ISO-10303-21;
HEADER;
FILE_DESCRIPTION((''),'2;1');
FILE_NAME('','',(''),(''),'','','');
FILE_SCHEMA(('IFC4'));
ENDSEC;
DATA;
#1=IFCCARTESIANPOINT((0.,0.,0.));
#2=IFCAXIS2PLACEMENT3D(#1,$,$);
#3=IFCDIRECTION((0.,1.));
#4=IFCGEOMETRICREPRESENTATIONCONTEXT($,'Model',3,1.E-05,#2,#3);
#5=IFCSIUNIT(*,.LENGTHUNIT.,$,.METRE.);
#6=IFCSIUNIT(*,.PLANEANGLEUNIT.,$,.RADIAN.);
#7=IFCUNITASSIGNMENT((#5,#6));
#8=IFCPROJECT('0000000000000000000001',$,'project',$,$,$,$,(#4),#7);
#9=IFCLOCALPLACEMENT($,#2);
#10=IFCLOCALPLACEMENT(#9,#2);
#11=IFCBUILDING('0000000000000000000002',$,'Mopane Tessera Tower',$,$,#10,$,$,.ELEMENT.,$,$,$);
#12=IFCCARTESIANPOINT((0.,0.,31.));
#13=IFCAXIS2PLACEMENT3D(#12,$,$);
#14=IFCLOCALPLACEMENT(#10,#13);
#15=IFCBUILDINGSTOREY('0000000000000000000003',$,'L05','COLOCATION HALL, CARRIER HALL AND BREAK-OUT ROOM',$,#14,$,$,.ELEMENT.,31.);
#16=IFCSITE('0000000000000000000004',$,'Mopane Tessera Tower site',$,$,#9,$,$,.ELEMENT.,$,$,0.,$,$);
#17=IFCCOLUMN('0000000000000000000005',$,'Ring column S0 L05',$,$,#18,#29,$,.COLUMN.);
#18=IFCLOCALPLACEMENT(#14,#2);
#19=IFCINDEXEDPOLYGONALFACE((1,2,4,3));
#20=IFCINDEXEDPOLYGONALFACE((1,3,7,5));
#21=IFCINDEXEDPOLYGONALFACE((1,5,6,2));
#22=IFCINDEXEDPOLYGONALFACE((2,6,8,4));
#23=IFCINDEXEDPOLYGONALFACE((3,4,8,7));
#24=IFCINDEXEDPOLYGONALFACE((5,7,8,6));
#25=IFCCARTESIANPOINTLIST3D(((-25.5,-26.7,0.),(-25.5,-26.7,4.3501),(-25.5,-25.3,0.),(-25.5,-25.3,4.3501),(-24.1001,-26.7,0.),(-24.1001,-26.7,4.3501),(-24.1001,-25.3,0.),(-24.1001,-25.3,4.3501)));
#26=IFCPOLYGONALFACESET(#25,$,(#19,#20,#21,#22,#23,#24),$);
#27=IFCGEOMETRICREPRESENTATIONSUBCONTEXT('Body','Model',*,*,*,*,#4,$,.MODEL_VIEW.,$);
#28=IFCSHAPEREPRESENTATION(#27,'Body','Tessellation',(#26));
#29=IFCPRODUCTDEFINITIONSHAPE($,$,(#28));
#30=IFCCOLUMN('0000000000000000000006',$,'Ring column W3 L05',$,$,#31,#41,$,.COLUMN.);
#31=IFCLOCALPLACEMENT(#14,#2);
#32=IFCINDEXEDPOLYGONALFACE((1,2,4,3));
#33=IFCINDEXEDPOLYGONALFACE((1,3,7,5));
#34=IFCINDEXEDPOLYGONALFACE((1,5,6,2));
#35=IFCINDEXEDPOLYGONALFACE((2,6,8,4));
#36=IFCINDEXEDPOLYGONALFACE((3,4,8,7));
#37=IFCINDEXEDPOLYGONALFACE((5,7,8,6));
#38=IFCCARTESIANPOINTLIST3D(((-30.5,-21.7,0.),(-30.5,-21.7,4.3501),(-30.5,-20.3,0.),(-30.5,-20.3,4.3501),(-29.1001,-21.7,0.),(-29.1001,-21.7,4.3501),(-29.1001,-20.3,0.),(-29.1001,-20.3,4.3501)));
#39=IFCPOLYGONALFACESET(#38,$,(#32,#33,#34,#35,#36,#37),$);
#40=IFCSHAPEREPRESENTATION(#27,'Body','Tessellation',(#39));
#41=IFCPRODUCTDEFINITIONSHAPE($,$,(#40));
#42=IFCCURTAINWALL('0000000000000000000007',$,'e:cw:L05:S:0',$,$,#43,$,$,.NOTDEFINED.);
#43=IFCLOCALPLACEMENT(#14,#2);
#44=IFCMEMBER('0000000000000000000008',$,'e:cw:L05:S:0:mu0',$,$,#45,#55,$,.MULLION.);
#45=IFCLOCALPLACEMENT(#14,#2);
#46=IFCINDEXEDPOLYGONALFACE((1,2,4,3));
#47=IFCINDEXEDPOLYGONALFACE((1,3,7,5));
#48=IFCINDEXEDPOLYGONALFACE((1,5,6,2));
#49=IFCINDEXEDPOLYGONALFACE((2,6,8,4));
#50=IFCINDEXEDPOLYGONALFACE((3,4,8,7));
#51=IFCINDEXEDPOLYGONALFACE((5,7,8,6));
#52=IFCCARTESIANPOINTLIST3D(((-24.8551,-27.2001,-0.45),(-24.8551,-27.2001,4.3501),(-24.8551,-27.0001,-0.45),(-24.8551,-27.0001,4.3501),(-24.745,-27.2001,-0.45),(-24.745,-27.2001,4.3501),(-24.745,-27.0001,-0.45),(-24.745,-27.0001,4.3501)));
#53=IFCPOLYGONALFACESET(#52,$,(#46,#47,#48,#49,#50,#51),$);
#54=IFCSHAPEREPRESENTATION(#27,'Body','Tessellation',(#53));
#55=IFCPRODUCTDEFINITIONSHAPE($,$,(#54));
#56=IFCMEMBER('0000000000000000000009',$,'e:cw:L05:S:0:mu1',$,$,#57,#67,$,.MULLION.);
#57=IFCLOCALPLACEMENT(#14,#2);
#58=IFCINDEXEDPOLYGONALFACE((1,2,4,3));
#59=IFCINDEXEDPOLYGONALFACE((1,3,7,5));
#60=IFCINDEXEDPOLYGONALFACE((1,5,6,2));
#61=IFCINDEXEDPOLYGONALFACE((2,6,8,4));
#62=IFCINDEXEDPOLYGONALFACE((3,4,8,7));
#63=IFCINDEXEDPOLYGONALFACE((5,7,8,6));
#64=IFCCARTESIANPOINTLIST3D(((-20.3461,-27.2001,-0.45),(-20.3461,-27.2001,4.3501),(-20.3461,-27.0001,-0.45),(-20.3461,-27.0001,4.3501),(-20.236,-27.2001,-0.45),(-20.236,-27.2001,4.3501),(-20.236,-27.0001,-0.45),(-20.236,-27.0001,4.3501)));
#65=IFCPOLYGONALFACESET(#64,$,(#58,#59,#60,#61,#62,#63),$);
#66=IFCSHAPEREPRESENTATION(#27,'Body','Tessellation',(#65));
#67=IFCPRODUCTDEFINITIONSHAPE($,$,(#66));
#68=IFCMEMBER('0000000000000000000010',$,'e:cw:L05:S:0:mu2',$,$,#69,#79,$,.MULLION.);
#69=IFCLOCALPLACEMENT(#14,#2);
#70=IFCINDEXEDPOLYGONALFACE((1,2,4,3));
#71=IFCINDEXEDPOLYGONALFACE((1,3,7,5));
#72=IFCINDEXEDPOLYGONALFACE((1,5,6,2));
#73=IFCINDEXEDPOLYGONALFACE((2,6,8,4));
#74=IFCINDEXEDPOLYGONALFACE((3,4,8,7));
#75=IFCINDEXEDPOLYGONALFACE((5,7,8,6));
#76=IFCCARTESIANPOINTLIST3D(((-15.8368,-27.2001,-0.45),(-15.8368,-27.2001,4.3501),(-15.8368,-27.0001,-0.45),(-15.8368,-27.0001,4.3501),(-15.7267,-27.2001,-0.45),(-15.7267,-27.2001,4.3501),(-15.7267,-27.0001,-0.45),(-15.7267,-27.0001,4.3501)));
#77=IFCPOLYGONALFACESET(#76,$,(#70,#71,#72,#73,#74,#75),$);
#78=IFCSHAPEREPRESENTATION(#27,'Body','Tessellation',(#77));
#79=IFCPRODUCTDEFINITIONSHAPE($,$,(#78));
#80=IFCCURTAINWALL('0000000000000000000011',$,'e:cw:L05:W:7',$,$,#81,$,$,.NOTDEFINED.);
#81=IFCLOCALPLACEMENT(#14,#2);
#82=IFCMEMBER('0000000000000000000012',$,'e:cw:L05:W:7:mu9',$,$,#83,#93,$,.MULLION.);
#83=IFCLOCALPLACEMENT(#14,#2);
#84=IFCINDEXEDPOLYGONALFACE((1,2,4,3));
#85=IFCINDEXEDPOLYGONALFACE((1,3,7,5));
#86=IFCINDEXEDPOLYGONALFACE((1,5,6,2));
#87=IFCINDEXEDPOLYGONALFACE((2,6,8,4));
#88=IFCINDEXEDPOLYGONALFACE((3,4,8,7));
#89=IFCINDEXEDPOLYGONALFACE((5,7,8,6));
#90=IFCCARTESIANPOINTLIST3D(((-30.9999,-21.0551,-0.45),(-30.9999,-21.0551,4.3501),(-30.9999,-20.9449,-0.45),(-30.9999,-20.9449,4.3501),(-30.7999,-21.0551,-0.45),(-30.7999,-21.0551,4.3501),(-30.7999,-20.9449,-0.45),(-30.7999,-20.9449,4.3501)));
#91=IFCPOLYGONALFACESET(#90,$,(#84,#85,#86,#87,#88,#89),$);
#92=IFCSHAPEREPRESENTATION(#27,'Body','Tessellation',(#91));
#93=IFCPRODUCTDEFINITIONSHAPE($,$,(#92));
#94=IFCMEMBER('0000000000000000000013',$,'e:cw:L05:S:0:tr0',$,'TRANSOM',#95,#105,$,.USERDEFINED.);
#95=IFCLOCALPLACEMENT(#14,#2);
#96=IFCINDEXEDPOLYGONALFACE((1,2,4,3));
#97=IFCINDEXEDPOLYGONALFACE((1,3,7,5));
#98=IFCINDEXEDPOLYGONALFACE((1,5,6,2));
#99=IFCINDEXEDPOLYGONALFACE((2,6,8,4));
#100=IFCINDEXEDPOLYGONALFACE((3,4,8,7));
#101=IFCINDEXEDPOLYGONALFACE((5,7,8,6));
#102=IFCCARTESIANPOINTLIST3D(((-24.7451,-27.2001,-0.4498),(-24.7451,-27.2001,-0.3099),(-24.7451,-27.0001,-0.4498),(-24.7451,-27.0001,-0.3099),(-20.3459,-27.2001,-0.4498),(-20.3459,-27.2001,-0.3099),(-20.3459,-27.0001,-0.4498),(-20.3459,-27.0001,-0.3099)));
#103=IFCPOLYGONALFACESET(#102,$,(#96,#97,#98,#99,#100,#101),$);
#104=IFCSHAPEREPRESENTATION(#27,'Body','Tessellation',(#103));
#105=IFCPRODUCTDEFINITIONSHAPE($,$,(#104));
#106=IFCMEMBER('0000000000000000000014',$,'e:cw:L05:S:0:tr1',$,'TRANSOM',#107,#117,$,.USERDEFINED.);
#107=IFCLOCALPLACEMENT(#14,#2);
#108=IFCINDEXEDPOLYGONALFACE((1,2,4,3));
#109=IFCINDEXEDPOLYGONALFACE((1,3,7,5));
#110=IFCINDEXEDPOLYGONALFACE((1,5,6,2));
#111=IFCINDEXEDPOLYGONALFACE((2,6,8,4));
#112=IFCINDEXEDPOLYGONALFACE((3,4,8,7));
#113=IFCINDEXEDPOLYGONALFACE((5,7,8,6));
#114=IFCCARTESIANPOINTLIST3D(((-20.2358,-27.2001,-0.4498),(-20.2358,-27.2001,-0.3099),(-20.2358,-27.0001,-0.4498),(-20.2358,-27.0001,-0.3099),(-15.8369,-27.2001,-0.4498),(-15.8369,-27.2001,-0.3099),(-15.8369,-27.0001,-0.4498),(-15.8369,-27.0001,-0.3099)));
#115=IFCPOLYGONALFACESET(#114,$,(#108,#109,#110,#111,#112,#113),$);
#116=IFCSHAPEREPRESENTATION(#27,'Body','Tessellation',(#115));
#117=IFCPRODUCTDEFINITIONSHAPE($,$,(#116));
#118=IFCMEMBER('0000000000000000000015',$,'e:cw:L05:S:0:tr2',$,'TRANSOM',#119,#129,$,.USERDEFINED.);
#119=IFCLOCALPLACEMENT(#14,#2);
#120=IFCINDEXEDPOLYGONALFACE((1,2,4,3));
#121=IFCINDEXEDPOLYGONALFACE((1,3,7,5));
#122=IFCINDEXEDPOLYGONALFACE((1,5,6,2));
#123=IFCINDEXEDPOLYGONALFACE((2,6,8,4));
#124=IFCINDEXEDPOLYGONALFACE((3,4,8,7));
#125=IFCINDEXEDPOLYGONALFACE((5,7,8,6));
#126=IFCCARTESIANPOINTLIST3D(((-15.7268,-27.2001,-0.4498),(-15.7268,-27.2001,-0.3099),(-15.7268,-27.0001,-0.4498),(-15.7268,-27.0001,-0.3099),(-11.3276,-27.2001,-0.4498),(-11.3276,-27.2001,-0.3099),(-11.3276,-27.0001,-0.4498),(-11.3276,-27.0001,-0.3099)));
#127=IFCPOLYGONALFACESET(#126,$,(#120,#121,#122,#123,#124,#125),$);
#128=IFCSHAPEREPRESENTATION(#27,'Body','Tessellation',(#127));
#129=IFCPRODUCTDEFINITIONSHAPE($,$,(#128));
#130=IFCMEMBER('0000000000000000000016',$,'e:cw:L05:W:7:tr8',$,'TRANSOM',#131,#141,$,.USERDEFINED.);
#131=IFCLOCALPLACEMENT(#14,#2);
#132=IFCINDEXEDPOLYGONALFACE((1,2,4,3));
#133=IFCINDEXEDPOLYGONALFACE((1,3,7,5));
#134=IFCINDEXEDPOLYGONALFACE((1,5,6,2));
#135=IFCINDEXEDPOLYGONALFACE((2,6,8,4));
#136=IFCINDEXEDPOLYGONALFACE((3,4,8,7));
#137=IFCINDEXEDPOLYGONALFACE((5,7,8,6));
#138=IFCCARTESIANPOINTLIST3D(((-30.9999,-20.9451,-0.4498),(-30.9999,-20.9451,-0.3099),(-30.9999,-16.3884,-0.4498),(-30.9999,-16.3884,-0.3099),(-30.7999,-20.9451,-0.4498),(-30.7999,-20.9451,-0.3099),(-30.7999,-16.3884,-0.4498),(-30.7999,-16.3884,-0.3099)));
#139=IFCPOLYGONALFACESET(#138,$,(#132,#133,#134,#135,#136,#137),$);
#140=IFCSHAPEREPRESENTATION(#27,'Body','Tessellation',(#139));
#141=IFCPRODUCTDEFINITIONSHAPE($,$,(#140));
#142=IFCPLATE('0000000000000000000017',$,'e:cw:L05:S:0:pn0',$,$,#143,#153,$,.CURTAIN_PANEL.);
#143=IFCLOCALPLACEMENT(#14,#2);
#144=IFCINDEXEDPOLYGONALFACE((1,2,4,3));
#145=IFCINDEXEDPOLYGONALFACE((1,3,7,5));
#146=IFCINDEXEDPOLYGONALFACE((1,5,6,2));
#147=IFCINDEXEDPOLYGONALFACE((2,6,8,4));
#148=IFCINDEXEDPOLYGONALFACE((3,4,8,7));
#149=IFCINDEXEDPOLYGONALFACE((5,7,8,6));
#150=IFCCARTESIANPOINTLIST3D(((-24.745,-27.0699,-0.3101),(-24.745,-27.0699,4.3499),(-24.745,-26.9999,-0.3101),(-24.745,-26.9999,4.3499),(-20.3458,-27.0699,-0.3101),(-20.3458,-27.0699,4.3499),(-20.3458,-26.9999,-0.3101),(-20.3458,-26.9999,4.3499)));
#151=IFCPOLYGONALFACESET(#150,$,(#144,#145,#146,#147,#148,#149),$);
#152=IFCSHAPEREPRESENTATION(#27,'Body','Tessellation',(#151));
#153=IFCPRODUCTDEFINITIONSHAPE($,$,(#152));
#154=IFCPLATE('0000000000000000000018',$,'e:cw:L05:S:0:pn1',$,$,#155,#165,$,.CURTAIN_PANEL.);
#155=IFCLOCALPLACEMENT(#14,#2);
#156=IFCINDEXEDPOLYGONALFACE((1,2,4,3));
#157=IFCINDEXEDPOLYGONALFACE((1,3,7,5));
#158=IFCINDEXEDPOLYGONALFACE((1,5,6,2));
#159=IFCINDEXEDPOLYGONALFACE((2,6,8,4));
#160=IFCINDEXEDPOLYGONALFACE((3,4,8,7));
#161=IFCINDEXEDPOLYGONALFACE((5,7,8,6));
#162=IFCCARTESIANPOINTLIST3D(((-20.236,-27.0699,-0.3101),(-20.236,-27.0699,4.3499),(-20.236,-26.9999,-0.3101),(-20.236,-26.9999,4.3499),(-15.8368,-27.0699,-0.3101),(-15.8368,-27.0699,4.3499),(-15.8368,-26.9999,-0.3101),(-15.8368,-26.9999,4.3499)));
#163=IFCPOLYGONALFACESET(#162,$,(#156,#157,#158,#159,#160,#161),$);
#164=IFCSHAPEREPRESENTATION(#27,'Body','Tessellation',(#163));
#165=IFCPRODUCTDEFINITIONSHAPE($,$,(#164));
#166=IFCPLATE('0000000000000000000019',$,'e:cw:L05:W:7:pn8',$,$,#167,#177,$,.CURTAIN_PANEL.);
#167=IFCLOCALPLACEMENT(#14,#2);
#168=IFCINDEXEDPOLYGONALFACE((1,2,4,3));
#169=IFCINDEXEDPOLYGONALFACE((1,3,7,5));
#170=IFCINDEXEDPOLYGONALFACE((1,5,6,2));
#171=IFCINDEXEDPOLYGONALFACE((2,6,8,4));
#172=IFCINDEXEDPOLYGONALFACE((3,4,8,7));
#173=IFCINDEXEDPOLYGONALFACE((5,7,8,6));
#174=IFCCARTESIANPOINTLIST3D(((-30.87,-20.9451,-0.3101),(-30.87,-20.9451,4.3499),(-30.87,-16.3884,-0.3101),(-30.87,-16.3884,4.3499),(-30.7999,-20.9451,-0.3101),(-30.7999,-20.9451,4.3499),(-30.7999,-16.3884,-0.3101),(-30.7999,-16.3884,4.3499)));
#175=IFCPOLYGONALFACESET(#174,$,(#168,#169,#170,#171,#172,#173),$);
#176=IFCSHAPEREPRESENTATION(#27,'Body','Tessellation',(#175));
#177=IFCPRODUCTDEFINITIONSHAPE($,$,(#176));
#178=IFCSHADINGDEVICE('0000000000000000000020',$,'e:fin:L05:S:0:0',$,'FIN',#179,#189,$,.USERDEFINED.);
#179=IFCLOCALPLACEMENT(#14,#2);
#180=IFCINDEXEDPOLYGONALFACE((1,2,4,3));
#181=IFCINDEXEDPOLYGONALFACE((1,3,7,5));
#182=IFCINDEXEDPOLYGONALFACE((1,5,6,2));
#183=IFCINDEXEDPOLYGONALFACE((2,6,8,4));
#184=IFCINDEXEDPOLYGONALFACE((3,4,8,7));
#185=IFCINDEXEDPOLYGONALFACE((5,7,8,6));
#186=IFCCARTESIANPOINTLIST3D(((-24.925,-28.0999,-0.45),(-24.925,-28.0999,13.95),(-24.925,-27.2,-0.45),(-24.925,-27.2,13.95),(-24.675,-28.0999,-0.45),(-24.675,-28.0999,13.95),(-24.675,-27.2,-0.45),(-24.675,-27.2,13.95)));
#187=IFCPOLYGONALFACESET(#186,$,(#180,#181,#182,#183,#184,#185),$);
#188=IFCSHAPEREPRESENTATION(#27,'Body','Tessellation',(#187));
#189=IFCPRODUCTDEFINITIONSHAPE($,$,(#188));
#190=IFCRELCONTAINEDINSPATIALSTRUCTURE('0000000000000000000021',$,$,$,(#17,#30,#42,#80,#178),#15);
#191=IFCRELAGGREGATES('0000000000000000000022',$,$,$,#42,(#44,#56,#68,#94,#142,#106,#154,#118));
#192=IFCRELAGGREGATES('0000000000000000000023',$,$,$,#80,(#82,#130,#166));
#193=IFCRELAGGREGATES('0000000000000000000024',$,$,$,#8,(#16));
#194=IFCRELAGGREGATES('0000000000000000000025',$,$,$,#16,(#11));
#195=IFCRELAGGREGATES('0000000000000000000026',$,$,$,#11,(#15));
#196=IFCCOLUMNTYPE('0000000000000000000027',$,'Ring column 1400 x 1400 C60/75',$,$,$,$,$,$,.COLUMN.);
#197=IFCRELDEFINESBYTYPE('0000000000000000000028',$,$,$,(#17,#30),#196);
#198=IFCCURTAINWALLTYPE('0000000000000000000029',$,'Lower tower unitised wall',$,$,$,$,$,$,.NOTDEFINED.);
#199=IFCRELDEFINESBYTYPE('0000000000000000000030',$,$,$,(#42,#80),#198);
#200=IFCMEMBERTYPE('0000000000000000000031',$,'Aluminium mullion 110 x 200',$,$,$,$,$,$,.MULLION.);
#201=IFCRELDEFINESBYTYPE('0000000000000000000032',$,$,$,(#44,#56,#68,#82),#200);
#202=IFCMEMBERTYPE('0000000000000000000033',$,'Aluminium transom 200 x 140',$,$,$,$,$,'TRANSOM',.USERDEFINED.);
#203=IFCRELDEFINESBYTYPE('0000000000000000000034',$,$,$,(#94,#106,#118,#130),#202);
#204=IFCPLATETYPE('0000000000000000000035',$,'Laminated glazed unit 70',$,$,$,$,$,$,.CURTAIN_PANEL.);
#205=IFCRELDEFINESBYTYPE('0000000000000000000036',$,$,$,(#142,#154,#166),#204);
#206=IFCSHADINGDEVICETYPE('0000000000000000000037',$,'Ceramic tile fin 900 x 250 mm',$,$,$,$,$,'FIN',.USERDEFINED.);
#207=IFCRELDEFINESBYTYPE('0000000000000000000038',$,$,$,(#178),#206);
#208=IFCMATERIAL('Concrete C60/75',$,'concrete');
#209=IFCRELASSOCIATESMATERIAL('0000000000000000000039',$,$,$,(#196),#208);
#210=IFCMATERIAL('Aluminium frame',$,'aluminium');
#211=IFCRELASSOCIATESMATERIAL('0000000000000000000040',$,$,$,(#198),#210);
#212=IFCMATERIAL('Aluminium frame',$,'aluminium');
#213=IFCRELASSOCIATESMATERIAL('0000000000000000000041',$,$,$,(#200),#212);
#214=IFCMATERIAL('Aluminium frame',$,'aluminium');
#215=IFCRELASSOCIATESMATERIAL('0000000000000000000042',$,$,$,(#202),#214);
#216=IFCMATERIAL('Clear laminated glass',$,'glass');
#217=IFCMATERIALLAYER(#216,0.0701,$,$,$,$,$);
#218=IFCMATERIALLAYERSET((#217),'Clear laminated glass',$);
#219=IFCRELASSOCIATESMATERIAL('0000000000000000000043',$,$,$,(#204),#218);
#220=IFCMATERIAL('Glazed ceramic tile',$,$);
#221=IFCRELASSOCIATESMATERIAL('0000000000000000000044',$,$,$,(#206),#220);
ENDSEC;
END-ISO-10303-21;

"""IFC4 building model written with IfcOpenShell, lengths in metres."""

from ifc_helpers import new_model, si_unit, direction, frame, origin, origin_2d, place, context, subcontext, project, spatial, rectangle, extrude, material, layer, layer_set, material_profile, profile_set, type_object, element, aggregate, save


model = new_model("IFC4")

# Units and contexts
model_context = context("Model", 3, precision=1e-05, world=origin(), true_north=direction((0.0, 1.0)))
body_context = subcontext(model_context, "Body", "Model", "MODEL_VIEW")
ifc_project = project(units=[si_unit("LENGTHUNIT", "METRE"), si_unit("PLANEANGLEUNIT", "RADIAN")], contexts=[model_context])

# Site, building, storey
site_placement = place(None, origin())
site = spatial("IfcSite", under=ifc_project, at=site_placement, Name="Mopane Tessera Tower site", CompositionType="ELEMENT", RefElevation=0.0)
building_placement = place(site_placement, origin())
building = spatial("IfcBuilding", under=site, at=building_placement, Name="Mopane Tessera Tower", CompositionType="ELEMENT")
storey_placement = place(building_placement, frame((0.0, 0.0, 31.0)))
storey = spatial("IfcBuildingStorey", under=building, at=storey_placement, Name="L05", Description="COLOCATION HALL, CARRIER HALL AND BREAK-OUT ROOM", CompositionType="ELEMENT", Elevation=31.0)

# Columns
ifc_material_1 = material(Name="Concrete C60/75", Category="concrete")
ifc_material_profile_1 = material_profile(ifc_material_1, rectangle(XDim=1.3999, YDim=1.3999, at=origin_2d()))
ifc_profile_set_1 = profile_set([ifc_material_profile_1], Name="Concrete C60/75")
column_type = type_object("IfcColumnType", Name="Ring column 1400 x 1400 C60/75", PredefinedType="COLUMN", material=ifc_profile_set_1)
for number, where, z_axis, x_axis, name in (
    (1, (-24.8, -26.0, 0.0), (0.0, 0.0, 1.0), (1.0, 0.0, 0.0), "Ring column S0 L05"),
    (2, (-29.8, -21.0, 0.0), (0.0, 0.0, 1.0), (1.0, 0.0, 0.0), "Ring column W3 L05"),
):
    element("IfcColumn", number, at=place(storey_placement, frame(where, z_axis=z_axis, x_axis=x_axis)), inside=storey, type_object=column_type, Name=name, PredefinedType="COLUMN", context=body_context, shape_type="SweptSolid", body=[
        extrude(rectangle(XDim=1.3999, YDim=1.3999, at=origin_2d()), origin(), (0.0, 0.0, 1.0), 4.3501),
    ])

# Curtain wall, members
ifc_material_2 = material(Name="Aluminium frame", Category="aluminium")
curtain_wall_type = type_object("IfcCurtainWallType", Name="Lower tower unitised wall", PredefinedType="NOTDEFINED", material=ifc_material_2)
curtain_wall_1_placement = place(storey_placement, origin())
curtain_wall_1 = element("IfcCurtainWall", 3, at=curtain_wall_1_placement, inside=storey, type_object=curtain_wall_type, Name="e:cw:L05:S:0", PredefinedType="NOTDEFINED")
ifc_material_3 = material(Name="Aluminium frame", Category="aluminium")
ifc_material_profile_2 = material_profile(ifc_material_3, rectangle(XDim=0.1101, YDim=0.2, at=origin_2d()))
ifc_profile_set_2 = profile_set([ifc_material_profile_2], Name="Aluminium frame")
member_type_1 = type_object("IfcMemberType", Name="Aluminium mullion 110 x 200", PredefinedType="MULLION", material=ifc_profile_set_2)
member_1_placement = place(storey_placement, frame((-24.8, -27.1001, -0.45), z_axis=(0.0, 0.0, 1.0), x_axis=(1.0, 0.0, 0.0)))
member_1 = element("IfcMember", 4, at=member_1_placement, type_object=member_type_1, Name="e:cw:L05:S:0:mu0", PredefinedType="MULLION", context=body_context, shape_type="SweptSolid", body=[
    extrude(rectangle(XDim=0.1101, YDim=0.2, at=origin_2d()), origin(), (0.0, 0.0, 1.0), 4.8),
])
member_2_placement = place(storey_placement, frame((-20.291, -27.1001, -0.45), z_axis=(0.0, 0.0, 1.0), x_axis=(1.0, 0.0, 0.0)))
member_2 = element("IfcMember", 5, at=member_2_placement, type_object=member_type_1, Name="e:cw:L05:S:0:mu1", PredefinedType="MULLION", context=body_context, shape_type="SweptSolid", body=[
    extrude(rectangle(XDim=0.1101, YDim=0.2, at=origin_2d()), origin(), (0.0, 0.0, 1.0), 4.8),
])
member_3_placement = place(storey_placement, frame((-15.7817, -27.1001, -0.45), z_axis=(0.0, 0.0, 1.0), x_axis=(1.0, 0.0, 0.0)))
member_3 = element("IfcMember", 6, at=member_3_placement, type_object=member_type_1, Name="e:cw:L05:S:0:mu2", PredefinedType="MULLION", context=body_context, shape_type="SweptSolid", body=[
    extrude(rectangle(XDim=0.1101, YDim=0.2, at=origin_2d()), origin(), (0.0, 0.0, 1.0), 4.8),
])

# Curtain wall, member
curtain_wall_2_placement = place(storey_placement, origin())
curtain_wall_2 = element("IfcCurtainWall", 7, at=curtain_wall_2_placement, inside=storey, type_object=curtain_wall_type, Name="e:cw:L05:W:7", PredefinedType="NOTDEFINED")
member_4_placement = place(storey_placement, frame((-30.8999, -21.0, -0.45), z_axis=(0.0, 0.0, 1.0), x_axis=(0.0, -1.0, 0.0)))
member_4 = element("IfcMember", 8, at=member_4_placement, type_object=member_type_1, Name="e:cw:L05:W:7:mu9", PredefinedType="MULLION", context=body_context, shape_type="SweptSolid", body=[
    extrude(rectangle(XDim=0.1101, YDim=0.2, at=origin_2d()), origin(), (0.0, 0.0, 1.0), 4.8),
])

# Members
ifc_material_4 = material(Name="Aluminium frame", Category="aluminium")
ifc_material_profile_3 = material_profile(ifc_material_4, rectangle(XDim=0.2, YDim=0.1399, at=origin_2d()))
ifc_profile_set_3 = profile_set([ifc_material_profile_3], Name="Aluminium frame")
member_type_2 = type_object("IfcMemberType", Name="Aluminium transom 200 x 140", ElementType="TRANSOM", PredefinedType="USERDEFINED", material=ifc_profile_set_3)
member_5_placement = place(storey_placement, frame((-24.7451, -27.1001, -0.3799), z_axis=(1.0, 0.0, 0.0), x_axis=(0.0, 1.0, 0.0)))
member_5 = element("IfcMember", 9, at=member_5_placement, type_object=member_type_2, Name="e:cw:L05:S:0:tr0", ObjectType="TRANSOM", PredefinedType="USERDEFINED", context=body_context, shape_type="SweptSolid", body=[
    extrude(rectangle(XDim=0.2, YDim=0.1399, at=origin_2d()), origin(), (0.0, 0.0, 1.0), 4.3992),
])
member_6_placement = place(storey_placement, frame((-20.2358, -27.1001, -0.3799), z_axis=(1.0, 0.0, 0.0), x_axis=(0.0, 1.0, 0.0)))
member_6 = element("IfcMember", 10, at=member_6_placement, type_object=member_type_2, Name="e:cw:L05:S:0:tr1", ObjectType="TRANSOM", PredefinedType="USERDEFINED", context=body_context, shape_type="SweptSolid", body=[
    extrude(rectangle(XDim=0.2, YDim=0.1399, at=origin_2d()), origin(), (0.0, 0.0, 1.0), 4.3989),
])
member_7_placement = place(storey_placement, frame((-15.7268, -27.1001, -0.3799), z_axis=(1.0, 0.0, 0.0), x_axis=(0.0, 1.0, 0.0)))
member_7 = element("IfcMember", 11, at=member_7_placement, type_object=member_type_2, Name="e:cw:L05:S:0:tr2", ObjectType="TRANSOM", PredefinedType="USERDEFINED", context=body_context, shape_type="SweptSolid", body=[
    extrude(rectangle(XDim=0.2, YDim=0.1399, at=origin_2d()), origin(), (0.0, 0.0, 1.0), 4.3992),
])
member_8_placement = place(storey_placement, frame((-30.8999, -16.3884, -0.3799), z_axis=(0.0, -1.0, 0.0), x_axis=(1.0, 0.0, 0.0)))
member_8 = element("IfcMember", 12, at=member_8_placement, type_object=member_type_2, Name="e:cw:L05:W:7:tr8", ObjectType="TRANSOM", PredefinedType="USERDEFINED", context=body_context, shape_type="SweptSolid", body=[
    extrude(rectangle(XDim=0.2, YDim=0.1399, at=origin_2d()), origin(), (0.0, 0.0, 1.0), 4.5566),
])

# Plates
ifc_material_5 = material(Name="Clear laminated glass", Category="glass")
ifc_layer = layer(ifc_material_5, 0.0701)
ifc_layer_set = layer_set([ifc_layer], Name="Clear laminated glass")
plate_type = type_object("IfcPlateType", Name="Laminated glazed unit 70", PredefinedType="CURTAIN_PANEL", material=ifc_layer_set)
plate_1_placement = place(storey_placement, frame((-22.5454, -27.0349, -0.3101), z_axis=(0.0, 0.0, 1.0), x_axis=(1.0, 0.0, 0.0)))
plate_1 = element("IfcPlate", 13, at=plate_1_placement, type_object=plate_type, Name="e:cw:L05:S:0:pn0", PredefinedType="CURTAIN_PANEL", context=body_context, shape_type="SweptSolid", body=[
    extrude(rectangle(XDim=4.3992, YDim=0.0701, at=origin_2d()), origin(), (0.0, 0.0, 1.0), 4.6599),
])
plate_2_placement = place(storey_placement, frame((-18.0364, -27.0349, -0.3101), z_axis=(0.0, 0.0, 1.0), x_axis=(1.0, 0.0, 0.0)))
plate_2 = element("IfcPlate", 14, at=plate_2_placement, type_object=plate_type, Name="e:cw:L05:S:0:pn1", PredefinedType="CURTAIN_PANEL", context=body_context, shape_type="SweptSolid", body=[
    extrude(rectangle(XDim=4.3992, YDim=0.0701, at=origin_2d()), origin(), (0.0, 0.0, 1.0), 4.6599),
])
aggregate(curtain_wall_1, [member_1, member_2, member_3, member_5, plate_1, member_6, plate_2, member_7])
plate_3_placement = place(storey_placement, frame((-30.835, -18.6667, -0.3101), z_axis=(0.0, 0.0, 1.0), x_axis=(0.0, -1.0, 0.0)))
plate_3 = element("IfcPlate", 15, at=plate_3_placement, type_object=plate_type, Name="e:cw:L05:W:7:pn8", PredefinedType="CURTAIN_PANEL", context=body_context, shape_type="SweptSolid", body=[
    extrude(rectangle(XDim=4.5566, YDim=0.0701, at=origin_2d()), origin(), (0.0, 0.0, 1.0), 4.6599),
])
aggregate(curtain_wall_2, [member_4, member_8, plate_3])

# Shading device
ifc_material_6 = material(Name="Glazed ceramic tile")
shading_device_type = type_object("IfcShadingDeviceType", Name="Ceramic tile fin 900 x 250 mm", ElementType="FIN", PredefinedType="USERDEFINED", material=ifc_material_6)
for number, where, z_axis, x_axis, name in (
    (16, (-24.8, -27.6499, -0.45), (0.0, 0.0, 1.0), (1.0, 0.0, 0.0), "e:fin:L05:S:0:0"),
):
    element("IfcShadingDevice", number, at=place(storey_placement, frame(where, z_axis=z_axis, x_axis=x_axis)), inside=storey, type_object=shading_device_type, Name=name, ObjectType="FIN", PredefinedType="USERDEFINED", context=body_context, shape_type="SweptSolid", body=[
        extrude(rectangle(XDim=0.25, YDim=0.8999, at=origin_2d()), origin(), (0.0, 0.0, 1.0), 14.3999),
    ])

save(model, "model.ifc")
